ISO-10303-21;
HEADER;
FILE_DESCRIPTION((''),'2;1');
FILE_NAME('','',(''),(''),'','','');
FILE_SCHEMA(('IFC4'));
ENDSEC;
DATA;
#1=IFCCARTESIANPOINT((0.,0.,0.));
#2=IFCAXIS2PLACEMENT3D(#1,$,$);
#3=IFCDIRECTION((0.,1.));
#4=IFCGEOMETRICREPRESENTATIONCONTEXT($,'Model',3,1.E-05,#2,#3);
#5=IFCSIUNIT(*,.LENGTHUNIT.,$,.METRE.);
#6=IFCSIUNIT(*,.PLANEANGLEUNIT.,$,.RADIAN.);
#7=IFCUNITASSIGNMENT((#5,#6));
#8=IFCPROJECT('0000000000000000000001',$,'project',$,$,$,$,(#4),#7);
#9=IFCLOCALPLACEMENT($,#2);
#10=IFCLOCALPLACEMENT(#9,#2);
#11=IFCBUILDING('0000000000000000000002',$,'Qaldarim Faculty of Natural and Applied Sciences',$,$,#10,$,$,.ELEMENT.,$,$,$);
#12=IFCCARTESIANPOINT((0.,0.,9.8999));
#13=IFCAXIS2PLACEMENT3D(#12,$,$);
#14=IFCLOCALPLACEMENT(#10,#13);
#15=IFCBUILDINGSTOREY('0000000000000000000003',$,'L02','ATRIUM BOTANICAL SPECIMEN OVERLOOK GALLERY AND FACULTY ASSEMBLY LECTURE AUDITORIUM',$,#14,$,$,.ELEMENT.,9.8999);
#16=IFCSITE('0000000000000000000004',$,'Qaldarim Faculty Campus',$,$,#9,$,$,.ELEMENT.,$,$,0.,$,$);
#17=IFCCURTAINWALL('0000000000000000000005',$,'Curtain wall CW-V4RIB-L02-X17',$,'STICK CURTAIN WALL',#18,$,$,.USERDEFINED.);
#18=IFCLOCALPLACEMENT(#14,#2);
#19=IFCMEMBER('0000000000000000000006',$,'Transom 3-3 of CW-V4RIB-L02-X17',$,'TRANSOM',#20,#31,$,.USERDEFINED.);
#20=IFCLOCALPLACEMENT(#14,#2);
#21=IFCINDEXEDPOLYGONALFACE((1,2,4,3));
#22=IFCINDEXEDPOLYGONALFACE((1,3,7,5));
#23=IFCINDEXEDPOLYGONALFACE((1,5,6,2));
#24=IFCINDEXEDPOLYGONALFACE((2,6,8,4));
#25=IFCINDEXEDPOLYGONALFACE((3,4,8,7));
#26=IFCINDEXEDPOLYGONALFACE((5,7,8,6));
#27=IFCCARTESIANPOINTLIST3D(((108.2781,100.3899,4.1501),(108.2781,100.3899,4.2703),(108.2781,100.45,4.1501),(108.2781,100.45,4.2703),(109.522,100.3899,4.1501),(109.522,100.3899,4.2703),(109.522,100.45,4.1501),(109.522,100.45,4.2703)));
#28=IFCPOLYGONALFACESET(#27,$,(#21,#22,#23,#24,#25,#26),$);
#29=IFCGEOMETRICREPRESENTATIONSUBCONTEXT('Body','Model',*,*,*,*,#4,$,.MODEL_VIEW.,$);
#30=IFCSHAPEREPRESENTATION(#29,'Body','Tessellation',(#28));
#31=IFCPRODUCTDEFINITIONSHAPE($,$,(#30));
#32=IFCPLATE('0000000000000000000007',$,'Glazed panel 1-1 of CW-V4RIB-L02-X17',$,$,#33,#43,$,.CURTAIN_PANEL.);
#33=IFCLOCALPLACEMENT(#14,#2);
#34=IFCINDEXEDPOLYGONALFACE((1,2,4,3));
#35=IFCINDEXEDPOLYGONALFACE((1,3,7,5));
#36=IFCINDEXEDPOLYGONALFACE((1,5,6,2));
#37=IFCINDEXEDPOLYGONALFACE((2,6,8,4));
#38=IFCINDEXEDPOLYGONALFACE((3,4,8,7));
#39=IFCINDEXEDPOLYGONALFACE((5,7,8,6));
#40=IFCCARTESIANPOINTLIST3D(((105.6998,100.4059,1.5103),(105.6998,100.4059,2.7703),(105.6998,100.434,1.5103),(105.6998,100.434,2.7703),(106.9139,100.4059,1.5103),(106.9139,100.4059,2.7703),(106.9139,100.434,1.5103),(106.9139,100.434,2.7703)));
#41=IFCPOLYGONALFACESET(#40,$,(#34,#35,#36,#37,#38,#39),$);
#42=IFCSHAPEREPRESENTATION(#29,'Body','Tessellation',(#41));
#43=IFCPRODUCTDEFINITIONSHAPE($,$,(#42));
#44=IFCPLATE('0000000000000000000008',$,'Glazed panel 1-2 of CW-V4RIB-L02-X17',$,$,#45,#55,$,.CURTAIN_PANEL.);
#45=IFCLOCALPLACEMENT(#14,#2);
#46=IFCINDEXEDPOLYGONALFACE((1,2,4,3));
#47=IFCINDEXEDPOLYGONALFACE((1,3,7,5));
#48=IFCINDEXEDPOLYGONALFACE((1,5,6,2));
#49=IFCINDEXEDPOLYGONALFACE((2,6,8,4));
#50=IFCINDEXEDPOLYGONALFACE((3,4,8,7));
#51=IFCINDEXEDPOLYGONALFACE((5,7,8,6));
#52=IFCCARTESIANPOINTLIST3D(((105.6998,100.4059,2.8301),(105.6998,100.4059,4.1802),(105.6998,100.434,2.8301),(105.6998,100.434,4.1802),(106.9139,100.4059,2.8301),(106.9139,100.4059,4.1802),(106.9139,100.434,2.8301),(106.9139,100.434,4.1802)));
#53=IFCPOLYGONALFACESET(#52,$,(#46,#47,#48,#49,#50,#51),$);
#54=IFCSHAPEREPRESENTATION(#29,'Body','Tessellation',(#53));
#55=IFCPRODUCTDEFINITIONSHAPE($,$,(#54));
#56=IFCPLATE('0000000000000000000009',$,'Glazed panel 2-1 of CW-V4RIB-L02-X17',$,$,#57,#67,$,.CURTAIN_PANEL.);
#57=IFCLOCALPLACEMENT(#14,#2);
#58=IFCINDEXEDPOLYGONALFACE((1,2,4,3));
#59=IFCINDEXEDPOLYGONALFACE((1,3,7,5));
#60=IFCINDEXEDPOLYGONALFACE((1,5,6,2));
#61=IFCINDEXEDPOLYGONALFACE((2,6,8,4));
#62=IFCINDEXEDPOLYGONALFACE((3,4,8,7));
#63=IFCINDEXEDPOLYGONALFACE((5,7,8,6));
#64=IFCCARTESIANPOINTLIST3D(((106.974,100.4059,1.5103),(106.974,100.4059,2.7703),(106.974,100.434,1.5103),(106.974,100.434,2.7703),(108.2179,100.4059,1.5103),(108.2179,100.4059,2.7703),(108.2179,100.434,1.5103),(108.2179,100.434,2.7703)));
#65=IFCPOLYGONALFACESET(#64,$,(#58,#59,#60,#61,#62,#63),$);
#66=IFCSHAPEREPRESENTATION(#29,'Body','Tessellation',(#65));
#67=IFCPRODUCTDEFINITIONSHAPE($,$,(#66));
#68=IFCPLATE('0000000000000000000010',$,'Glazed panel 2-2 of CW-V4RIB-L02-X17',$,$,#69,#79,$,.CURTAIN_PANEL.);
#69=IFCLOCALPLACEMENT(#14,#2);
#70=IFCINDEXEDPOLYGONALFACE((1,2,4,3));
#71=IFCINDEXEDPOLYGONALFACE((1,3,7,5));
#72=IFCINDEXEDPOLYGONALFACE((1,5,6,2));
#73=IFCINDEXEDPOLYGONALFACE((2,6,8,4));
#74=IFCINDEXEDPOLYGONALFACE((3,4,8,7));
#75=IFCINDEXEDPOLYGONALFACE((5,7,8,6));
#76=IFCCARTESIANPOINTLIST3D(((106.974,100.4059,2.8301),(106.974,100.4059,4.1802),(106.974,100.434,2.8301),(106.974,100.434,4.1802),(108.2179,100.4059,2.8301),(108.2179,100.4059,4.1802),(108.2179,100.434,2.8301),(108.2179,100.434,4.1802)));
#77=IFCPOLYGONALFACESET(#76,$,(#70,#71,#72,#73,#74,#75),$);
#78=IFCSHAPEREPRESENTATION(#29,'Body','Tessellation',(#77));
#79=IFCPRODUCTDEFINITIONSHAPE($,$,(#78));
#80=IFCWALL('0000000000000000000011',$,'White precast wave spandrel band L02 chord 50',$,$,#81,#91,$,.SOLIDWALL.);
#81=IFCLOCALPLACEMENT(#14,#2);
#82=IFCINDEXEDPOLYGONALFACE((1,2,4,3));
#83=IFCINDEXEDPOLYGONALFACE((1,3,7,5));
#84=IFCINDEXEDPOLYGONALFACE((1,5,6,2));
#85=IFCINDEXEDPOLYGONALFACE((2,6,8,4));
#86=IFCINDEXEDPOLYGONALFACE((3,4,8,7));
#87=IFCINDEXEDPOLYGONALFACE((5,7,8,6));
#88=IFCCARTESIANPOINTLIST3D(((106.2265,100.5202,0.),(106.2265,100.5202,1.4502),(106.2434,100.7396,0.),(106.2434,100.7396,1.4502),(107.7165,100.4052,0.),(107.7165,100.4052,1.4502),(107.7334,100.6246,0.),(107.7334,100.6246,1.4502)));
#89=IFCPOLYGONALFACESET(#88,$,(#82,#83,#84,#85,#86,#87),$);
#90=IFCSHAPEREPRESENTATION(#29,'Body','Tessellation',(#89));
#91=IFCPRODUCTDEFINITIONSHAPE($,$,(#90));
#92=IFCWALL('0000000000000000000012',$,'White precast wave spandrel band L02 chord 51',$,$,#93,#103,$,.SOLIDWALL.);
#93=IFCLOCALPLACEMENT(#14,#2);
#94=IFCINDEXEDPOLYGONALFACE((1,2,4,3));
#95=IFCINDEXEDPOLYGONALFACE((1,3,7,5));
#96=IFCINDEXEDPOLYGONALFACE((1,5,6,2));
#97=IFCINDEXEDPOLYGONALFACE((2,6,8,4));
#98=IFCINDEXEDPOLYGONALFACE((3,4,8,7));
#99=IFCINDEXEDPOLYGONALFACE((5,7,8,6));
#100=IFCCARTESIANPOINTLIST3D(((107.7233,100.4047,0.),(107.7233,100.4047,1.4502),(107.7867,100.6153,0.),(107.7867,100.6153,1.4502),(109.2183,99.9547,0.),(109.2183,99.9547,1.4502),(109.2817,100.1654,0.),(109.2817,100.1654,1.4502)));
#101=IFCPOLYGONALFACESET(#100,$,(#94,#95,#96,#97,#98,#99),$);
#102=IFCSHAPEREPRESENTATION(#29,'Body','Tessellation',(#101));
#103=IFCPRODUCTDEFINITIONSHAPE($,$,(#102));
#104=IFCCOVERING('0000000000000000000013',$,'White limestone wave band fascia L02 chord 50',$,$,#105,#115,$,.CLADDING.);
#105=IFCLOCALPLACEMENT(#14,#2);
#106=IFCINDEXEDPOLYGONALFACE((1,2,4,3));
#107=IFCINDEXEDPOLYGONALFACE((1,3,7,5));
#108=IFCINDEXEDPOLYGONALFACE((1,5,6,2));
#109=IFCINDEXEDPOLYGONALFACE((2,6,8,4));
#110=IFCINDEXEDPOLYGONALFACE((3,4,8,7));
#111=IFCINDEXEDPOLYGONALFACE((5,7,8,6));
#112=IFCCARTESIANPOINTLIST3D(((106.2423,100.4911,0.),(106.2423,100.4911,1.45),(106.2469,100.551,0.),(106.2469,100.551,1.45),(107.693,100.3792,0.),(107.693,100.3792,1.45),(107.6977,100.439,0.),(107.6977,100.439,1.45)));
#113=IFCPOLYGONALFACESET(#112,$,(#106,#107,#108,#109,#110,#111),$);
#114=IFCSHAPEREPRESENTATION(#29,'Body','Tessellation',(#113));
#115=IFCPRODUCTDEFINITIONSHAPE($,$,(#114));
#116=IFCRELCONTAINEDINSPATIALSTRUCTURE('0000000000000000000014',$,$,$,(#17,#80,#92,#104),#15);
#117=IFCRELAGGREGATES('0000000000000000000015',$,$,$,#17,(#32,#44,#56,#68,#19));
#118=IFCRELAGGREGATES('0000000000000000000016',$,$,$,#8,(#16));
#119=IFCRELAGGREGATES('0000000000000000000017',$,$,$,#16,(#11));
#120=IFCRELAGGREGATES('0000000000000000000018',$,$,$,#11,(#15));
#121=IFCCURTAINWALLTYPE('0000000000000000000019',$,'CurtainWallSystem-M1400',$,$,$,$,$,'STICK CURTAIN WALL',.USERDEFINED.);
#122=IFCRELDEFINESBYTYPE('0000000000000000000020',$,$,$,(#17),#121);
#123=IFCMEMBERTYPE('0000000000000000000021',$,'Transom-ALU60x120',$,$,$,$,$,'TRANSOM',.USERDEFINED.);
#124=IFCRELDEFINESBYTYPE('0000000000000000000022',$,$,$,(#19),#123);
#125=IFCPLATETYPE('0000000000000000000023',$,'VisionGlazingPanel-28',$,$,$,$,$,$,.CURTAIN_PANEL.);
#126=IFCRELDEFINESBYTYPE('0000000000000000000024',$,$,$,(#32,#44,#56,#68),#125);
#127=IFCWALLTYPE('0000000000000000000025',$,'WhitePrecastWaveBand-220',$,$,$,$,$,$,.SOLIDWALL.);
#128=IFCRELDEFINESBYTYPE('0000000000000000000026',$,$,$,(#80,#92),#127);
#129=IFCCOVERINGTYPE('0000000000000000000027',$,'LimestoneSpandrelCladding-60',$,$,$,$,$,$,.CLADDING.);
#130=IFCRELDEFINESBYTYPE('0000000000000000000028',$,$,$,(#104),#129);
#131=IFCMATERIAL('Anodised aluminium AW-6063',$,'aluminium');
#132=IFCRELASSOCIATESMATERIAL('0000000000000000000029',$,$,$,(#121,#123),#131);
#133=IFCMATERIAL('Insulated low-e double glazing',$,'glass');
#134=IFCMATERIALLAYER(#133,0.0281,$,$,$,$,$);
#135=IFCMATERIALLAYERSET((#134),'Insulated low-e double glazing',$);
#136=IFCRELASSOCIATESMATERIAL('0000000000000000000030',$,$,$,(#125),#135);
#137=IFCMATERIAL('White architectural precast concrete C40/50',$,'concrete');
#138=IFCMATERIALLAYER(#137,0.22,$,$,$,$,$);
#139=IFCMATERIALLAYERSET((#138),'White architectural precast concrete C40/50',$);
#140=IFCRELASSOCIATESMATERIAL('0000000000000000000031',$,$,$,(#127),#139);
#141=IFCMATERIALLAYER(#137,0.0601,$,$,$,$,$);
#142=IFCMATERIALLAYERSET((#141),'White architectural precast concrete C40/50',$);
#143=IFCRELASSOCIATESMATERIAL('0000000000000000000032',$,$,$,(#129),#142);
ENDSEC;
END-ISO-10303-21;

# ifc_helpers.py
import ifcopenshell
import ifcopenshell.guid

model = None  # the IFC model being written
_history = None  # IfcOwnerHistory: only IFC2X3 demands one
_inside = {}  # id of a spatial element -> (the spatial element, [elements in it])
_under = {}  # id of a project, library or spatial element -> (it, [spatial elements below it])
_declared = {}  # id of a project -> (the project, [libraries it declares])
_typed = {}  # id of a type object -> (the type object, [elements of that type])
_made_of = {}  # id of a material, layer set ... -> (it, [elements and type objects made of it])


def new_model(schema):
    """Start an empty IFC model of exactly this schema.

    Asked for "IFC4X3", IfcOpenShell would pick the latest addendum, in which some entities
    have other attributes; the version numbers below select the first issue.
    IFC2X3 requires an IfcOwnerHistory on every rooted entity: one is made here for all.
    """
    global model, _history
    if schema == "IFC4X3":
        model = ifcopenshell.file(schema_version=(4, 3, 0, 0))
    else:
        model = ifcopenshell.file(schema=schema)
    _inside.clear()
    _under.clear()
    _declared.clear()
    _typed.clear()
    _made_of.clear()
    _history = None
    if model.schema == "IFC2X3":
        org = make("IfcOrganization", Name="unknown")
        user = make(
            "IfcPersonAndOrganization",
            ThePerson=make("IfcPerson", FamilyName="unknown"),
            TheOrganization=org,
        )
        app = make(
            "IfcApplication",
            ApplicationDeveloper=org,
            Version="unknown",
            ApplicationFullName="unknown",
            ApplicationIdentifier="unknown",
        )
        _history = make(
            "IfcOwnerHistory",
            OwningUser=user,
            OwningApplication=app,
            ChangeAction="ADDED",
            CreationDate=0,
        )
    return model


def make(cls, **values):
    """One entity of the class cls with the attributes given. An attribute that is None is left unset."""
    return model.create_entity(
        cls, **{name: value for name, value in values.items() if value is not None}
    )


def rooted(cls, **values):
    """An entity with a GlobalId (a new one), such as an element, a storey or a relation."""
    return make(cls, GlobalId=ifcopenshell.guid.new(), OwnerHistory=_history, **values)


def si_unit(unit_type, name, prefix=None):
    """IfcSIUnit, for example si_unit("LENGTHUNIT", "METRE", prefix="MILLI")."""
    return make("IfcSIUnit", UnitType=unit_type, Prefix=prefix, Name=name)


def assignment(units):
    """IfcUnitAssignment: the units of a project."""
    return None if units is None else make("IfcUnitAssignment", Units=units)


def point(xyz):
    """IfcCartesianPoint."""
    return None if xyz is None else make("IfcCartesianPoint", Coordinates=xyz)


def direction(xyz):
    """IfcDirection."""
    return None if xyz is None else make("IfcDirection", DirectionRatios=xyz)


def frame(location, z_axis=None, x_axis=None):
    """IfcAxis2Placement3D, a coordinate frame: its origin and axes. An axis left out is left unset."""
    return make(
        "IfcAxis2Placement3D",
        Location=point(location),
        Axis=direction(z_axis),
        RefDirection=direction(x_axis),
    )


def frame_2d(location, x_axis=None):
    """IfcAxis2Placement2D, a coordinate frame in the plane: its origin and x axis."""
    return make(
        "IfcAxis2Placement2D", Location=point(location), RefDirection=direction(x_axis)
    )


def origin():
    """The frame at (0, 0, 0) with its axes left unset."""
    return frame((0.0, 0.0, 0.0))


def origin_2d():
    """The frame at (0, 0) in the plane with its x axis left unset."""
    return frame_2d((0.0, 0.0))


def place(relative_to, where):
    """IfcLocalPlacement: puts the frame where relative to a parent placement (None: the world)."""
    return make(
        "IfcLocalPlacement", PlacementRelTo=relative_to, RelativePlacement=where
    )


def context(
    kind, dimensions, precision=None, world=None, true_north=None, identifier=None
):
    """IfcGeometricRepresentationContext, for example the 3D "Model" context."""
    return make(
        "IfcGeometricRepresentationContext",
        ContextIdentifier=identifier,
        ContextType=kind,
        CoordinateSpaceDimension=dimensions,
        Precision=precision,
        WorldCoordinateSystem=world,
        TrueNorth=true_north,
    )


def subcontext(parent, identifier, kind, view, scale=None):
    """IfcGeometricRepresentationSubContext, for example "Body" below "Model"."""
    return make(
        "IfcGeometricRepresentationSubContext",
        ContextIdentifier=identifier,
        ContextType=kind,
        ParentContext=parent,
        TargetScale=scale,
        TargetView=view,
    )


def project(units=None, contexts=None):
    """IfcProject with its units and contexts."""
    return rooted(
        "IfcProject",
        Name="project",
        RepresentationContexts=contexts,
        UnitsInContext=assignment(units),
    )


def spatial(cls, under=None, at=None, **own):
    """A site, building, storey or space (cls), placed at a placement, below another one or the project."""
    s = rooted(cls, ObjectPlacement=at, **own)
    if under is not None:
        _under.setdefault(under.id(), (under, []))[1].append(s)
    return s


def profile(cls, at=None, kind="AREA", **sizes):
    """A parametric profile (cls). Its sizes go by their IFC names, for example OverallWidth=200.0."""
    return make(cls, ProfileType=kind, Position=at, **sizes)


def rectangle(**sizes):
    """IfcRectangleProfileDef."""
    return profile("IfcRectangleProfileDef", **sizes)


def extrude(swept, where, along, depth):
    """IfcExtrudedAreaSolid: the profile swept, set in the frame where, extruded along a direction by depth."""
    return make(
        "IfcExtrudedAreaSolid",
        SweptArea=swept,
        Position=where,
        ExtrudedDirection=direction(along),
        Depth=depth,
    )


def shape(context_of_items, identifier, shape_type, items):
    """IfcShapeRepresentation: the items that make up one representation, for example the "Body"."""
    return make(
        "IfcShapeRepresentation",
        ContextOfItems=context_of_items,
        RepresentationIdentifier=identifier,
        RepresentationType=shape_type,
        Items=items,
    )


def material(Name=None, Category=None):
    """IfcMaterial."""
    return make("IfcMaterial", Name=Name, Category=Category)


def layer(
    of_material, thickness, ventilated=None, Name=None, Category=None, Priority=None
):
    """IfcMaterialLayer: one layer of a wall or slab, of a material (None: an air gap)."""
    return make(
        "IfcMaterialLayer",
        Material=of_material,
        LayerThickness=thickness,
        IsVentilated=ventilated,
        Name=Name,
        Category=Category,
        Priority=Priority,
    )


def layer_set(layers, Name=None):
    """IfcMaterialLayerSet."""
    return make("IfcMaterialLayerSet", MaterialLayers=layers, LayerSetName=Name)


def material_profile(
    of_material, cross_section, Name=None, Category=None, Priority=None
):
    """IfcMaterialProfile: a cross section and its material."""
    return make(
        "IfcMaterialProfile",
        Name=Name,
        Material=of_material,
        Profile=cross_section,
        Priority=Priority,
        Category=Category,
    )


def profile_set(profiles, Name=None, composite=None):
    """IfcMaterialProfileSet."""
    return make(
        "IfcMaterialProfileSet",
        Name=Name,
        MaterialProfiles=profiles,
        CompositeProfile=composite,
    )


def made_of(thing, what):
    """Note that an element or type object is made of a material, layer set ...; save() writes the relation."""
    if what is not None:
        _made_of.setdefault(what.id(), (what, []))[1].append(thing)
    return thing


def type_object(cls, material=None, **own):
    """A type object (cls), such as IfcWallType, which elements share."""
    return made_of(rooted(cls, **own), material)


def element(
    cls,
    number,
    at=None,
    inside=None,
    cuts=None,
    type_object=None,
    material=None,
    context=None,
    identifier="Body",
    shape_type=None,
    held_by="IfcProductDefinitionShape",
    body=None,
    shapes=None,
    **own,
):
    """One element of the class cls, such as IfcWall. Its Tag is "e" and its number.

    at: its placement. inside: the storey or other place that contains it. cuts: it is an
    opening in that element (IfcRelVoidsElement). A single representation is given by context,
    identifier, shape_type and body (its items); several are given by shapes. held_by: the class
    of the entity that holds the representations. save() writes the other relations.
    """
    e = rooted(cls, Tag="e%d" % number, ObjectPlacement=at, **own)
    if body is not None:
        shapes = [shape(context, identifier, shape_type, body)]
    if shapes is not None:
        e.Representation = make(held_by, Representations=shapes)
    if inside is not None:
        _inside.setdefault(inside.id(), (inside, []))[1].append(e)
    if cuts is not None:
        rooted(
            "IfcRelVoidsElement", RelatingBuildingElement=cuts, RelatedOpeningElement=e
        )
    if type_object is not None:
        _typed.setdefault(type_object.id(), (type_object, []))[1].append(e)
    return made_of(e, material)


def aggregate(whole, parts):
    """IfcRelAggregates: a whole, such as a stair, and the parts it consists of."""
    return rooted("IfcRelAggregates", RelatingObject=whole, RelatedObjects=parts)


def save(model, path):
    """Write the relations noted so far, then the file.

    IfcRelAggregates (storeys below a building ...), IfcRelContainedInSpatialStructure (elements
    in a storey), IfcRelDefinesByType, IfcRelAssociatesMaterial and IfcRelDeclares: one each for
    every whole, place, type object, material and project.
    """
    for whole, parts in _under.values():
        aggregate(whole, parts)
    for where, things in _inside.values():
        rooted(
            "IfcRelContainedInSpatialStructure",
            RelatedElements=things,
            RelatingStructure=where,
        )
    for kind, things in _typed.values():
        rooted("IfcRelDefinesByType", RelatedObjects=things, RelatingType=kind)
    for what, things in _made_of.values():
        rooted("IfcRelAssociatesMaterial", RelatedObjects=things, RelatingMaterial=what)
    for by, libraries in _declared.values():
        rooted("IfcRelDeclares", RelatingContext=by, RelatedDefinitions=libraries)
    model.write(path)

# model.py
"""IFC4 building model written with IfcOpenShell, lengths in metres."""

from ifc_helpers import new_model, si_unit, direction, frame, frame_2d, origin, origin_2d, place, context, subcontext, project, spatial, rectangle, extrude, material, layer, layer_set, material_profile, profile_set, type_object, element, aggregate, save


model = new_model("IFC4")

# Units and contexts
model_context = context("Model", 3, precision=1e-05, world=origin(), true_north=direction((0.0, 1.0)))
body_context = subcontext(model_context, "Body", "Model", "MODEL_VIEW")
ifc_project = project(units=[si_unit("LENGTHUNIT", "METRE"), si_unit("PLANEANGLEUNIT", "RADIAN")], contexts=[model_context])

# Site, building, storey
site_placement = place(None, origin())
site = spatial("IfcSite", under=ifc_project, at=site_placement, Name="Qaldarim Faculty Campus", CompositionType="ELEMENT", RefElevation=0.0)
building_placement = place(site_placement, origin())
building = spatial("IfcBuilding", under=site, at=building_placement, Name="Qaldarim Faculty of Natural and Applied Sciences", CompositionType="ELEMENT")
storey_placement = place(building_placement, frame((0.0, 0.0, 9.8999)))
storey = spatial("IfcBuildingStorey", under=building, at=storey_placement, Name="L02", Description="ATRIUM BOTANICAL SPECIMEN OVERLOOK GALLERY AND FACULTY ASSEMBLY LECTURE AUDITORIUM", CompositionType="ELEMENT", Elevation=9.8999)

# Curtain wall
ifc_material_1 = material(Name="Anodised aluminium AW-6063", Category="aluminium")
curtain_wall_type = type_object("IfcCurtainWallType", Name="CurtainWallSystem-M1400", ElementType="STICK CURTAIN WALL", PredefinedType="USERDEFINED", material=ifc_material_1)
curtain_wall_placement = place(storey_placement, origin())
curtain_wall = element("IfcCurtainWall", 1, at=curtain_wall_placement, inside=storey, type_object=curtain_wall_type, Name="Curtain wall CW-V4RIB-L02-X17", ObjectType="STICK CURTAIN WALL", PredefinedType="USERDEFINED")

# Member
ifc_material_profile_1 = material_profile(ifc_material_1, rectangle(XDim=0.0601, YDim=0.1201, at=origin_2d()), Name="ALU-T60x120")
ifc_profile_set_1 = profile_set([ifc_material_profile_1], Name="Anodised aluminium AW-6063")
member_type_1 = type_object("IfcMemberType", Name="Transom-ALU60x120", ElementType="TRANSOM", PredefinedType="USERDEFINED", material=ifc_profile_set_1)
member_1_placement = place(storey_placement, frame((108.2781, 100.4199, 4.2102), z_axis=(1.0, 0.0, 0.0), x_axis=(0.0, 1.0, 0.0)))
member_1 = element("IfcMember", 2, at=member_1_placement, type_object=member_type_1, Name="Transom 3-3 of CW-V4RIB-L02-X17", ObjectType="TRANSOM", PredefinedType="USERDEFINED", context=body_context, shape_type="SweptSolid", body=[
    extrude(rectangle(XDim=0.0601, YDim=0.1201, at=origin_2d()), origin(), (0.0, 0.0, 1.0), 1.2439),
])

# Plates
ifc_material_2 = material(Name="Insulated low-e double glazing", Category="glass")
ifc_layer_1 = layer(ifc_material_2, 0.0281)
ifc_layer_set_1 = layer_set([ifc_layer_1], Name="Insulated low-e double glazing")
plate_type = type_object("IfcPlateType", Name="VisionGlazingPanel-28", PredefinedType="CURTAIN_PANEL", material=ifc_layer_set_1)
plate_1_placement = place(storey_placement, frame((106.3069, 100.4199, 1.5103), z_axis=(0.0, 0.0, 1.0), x_axis=(1.0, 0.0, 0.0)))
plate_1 = element("IfcPlate", 3, at=plate_1_placement, type_object=plate_type, Name="Glazed panel 1-1 of CW-V4RIB-L02-X17", PredefinedType="CURTAIN_PANEL", context=body_context, shape_type="SweptSolid", body=[
    extrude(rectangle(XDim=1.2141, YDim=0.0281, at=origin_2d()), origin(), (0.0, 0.0, 1.0), 1.26),
])
plate_2_placement = place(storey_placement, frame((106.3069, 100.4199, 2.8301), z_axis=(0.0, 0.0, 1.0), x_axis=(1.0, 0.0, 0.0)))
plate_2 = element("IfcPlate", 4, at=plate_2_placement, type_object=plate_type, Name="Glazed panel 1-2 of CW-V4RIB-L02-X17", PredefinedType="CURTAIN_PANEL", context=body_context, shape_type="SweptSolid", body=[
    extrude(rectangle(XDim=1.2141, YDim=0.0281, at=origin_2d()), origin(), (0.0, 0.0, 1.0), 1.3501),
])
plate_3_placement = place(storey_placement, frame((107.5959, 100.4199, 1.5103), z_axis=(0.0, 0.0, 1.0), x_axis=(1.0, 0.0, 0.0)))
plate_3 = element("IfcPlate", 5, at=plate_3_placement, type_object=plate_type, Name="Glazed panel 2-1 of CW-V4RIB-L02-X17", PredefinedType="CURTAIN_PANEL", context=body_context, shape_type="SweptSolid", body=[
    extrude(rectangle(XDim=1.2439, YDim=0.0281, at=origin_2d()), origin(), (0.0, 0.0, 1.0), 1.26),
])
plate_4_placement = place(storey_placement, frame((107.5959, 100.4199, 2.8301), z_axis=(0.0, 0.0, 1.0), x_axis=(1.0, 0.0, 0.0)))
plate_4 = element("IfcPlate", 6, at=plate_4_placement, type_object=plate_type, Name="Glazed panel 2-2 of CW-V4RIB-L02-X17", PredefinedType="CURTAIN_PANEL", context=body_context, shape_type="SweptSolid", body=[
    extrude(rectangle(XDim=1.2439, YDim=0.0281, at=origin_2d()), origin(), (0.0, 0.0, 1.0), 1.3501),
])
aggregate(curtain_wall, [plate_1, plate_2, plate_3, plate_4, member_1])

# Walls
ifc_material_3 = material(Name="White architectural precast concrete C40/50", Category="concrete")
ifc_layer_2 = layer(ifc_material_3, 0.22)
ifc_layer_set_2 = layer_set([ifc_layer_2], Name="White architectural precast concrete C40/50")
wall_type = type_object("IfcWallType", Name="WhitePrecastWaveBand-220", PredefinedType="SOLIDWALL", material=ifc_layer_set_2)
wall_1_placement = place(storey_placement, frame((106.2351, 100.6299, 0.0), z_axis=(0.0, 0.0, 1.0), x_axis=(0.997035, -0.076946, 0.0)))
element("IfcWall", 7, at=wall_1_placement, inside=storey, type_object=wall_type, Name="White precast wave spandrel band L02 chord 50", PredefinedType="SOLIDWALL", context=body_context, shape_type="SweptSolid", body=[
    extrude(rectangle(XDim=1.4944, YDim=0.22, at=frame_2d((0.7471, 0.0))), origin(), (0.0, 0.0, 1.0), 1.4502),
])
wall_2_placement = place(storey_placement, frame((107.7549, 100.51, 0.0), z_axis=(0.0, 0.0, 1.0), x_axis=(0.957576, -0.28818, 0.0)))
element("IfcWall", 8, at=wall_2_placement, inside=storey, type_object=wall_type, Name="White precast wave spandrel band L02 chord 51", PredefinedType="SOLIDWALL", context=body_context, shape_type="SweptSolid", body=[
    extrude(rectangle(XDim=1.5613, YDim=0.22, at=frame_2d((0.7808, 0.0))), origin(), (0.0, 0.0, 1.0), 1.4502),
])

# Covering
ifc_layer_3 = layer(ifc_material_3, 0.0601)
ifc_layer_set_3 = layer_set([ifc_layer_3], Name="White architectural precast concrete C40/50")
covering_type = type_object("IfcCoveringType", Name="LimestoneSpandrelCladding-60", PredefinedType="CLADDING", material=ifc_layer_set_3)
covering_placement = place(storey_placement, frame((106.97, 100.4651, 0.0), z_axis=(0.0, 0.0, 1.0), x_axis=(0.997035, -0.076945, 0.0)))
element("IfcCovering", 9, at=covering_placement, inside=storey, type_object=covering_type, Name="White limestone wave band fascia L02 chord 50", PredefinedType="CLADDING", context=body_context, shape_type="SweptSolid", body=[
    extrude(rectangle(XDim=1.4551, YDim=0.0601, at=origin_2d()), origin(), (0.0, 0.0, 1.0), 1.45),
])

save(model, "model.ifc")
